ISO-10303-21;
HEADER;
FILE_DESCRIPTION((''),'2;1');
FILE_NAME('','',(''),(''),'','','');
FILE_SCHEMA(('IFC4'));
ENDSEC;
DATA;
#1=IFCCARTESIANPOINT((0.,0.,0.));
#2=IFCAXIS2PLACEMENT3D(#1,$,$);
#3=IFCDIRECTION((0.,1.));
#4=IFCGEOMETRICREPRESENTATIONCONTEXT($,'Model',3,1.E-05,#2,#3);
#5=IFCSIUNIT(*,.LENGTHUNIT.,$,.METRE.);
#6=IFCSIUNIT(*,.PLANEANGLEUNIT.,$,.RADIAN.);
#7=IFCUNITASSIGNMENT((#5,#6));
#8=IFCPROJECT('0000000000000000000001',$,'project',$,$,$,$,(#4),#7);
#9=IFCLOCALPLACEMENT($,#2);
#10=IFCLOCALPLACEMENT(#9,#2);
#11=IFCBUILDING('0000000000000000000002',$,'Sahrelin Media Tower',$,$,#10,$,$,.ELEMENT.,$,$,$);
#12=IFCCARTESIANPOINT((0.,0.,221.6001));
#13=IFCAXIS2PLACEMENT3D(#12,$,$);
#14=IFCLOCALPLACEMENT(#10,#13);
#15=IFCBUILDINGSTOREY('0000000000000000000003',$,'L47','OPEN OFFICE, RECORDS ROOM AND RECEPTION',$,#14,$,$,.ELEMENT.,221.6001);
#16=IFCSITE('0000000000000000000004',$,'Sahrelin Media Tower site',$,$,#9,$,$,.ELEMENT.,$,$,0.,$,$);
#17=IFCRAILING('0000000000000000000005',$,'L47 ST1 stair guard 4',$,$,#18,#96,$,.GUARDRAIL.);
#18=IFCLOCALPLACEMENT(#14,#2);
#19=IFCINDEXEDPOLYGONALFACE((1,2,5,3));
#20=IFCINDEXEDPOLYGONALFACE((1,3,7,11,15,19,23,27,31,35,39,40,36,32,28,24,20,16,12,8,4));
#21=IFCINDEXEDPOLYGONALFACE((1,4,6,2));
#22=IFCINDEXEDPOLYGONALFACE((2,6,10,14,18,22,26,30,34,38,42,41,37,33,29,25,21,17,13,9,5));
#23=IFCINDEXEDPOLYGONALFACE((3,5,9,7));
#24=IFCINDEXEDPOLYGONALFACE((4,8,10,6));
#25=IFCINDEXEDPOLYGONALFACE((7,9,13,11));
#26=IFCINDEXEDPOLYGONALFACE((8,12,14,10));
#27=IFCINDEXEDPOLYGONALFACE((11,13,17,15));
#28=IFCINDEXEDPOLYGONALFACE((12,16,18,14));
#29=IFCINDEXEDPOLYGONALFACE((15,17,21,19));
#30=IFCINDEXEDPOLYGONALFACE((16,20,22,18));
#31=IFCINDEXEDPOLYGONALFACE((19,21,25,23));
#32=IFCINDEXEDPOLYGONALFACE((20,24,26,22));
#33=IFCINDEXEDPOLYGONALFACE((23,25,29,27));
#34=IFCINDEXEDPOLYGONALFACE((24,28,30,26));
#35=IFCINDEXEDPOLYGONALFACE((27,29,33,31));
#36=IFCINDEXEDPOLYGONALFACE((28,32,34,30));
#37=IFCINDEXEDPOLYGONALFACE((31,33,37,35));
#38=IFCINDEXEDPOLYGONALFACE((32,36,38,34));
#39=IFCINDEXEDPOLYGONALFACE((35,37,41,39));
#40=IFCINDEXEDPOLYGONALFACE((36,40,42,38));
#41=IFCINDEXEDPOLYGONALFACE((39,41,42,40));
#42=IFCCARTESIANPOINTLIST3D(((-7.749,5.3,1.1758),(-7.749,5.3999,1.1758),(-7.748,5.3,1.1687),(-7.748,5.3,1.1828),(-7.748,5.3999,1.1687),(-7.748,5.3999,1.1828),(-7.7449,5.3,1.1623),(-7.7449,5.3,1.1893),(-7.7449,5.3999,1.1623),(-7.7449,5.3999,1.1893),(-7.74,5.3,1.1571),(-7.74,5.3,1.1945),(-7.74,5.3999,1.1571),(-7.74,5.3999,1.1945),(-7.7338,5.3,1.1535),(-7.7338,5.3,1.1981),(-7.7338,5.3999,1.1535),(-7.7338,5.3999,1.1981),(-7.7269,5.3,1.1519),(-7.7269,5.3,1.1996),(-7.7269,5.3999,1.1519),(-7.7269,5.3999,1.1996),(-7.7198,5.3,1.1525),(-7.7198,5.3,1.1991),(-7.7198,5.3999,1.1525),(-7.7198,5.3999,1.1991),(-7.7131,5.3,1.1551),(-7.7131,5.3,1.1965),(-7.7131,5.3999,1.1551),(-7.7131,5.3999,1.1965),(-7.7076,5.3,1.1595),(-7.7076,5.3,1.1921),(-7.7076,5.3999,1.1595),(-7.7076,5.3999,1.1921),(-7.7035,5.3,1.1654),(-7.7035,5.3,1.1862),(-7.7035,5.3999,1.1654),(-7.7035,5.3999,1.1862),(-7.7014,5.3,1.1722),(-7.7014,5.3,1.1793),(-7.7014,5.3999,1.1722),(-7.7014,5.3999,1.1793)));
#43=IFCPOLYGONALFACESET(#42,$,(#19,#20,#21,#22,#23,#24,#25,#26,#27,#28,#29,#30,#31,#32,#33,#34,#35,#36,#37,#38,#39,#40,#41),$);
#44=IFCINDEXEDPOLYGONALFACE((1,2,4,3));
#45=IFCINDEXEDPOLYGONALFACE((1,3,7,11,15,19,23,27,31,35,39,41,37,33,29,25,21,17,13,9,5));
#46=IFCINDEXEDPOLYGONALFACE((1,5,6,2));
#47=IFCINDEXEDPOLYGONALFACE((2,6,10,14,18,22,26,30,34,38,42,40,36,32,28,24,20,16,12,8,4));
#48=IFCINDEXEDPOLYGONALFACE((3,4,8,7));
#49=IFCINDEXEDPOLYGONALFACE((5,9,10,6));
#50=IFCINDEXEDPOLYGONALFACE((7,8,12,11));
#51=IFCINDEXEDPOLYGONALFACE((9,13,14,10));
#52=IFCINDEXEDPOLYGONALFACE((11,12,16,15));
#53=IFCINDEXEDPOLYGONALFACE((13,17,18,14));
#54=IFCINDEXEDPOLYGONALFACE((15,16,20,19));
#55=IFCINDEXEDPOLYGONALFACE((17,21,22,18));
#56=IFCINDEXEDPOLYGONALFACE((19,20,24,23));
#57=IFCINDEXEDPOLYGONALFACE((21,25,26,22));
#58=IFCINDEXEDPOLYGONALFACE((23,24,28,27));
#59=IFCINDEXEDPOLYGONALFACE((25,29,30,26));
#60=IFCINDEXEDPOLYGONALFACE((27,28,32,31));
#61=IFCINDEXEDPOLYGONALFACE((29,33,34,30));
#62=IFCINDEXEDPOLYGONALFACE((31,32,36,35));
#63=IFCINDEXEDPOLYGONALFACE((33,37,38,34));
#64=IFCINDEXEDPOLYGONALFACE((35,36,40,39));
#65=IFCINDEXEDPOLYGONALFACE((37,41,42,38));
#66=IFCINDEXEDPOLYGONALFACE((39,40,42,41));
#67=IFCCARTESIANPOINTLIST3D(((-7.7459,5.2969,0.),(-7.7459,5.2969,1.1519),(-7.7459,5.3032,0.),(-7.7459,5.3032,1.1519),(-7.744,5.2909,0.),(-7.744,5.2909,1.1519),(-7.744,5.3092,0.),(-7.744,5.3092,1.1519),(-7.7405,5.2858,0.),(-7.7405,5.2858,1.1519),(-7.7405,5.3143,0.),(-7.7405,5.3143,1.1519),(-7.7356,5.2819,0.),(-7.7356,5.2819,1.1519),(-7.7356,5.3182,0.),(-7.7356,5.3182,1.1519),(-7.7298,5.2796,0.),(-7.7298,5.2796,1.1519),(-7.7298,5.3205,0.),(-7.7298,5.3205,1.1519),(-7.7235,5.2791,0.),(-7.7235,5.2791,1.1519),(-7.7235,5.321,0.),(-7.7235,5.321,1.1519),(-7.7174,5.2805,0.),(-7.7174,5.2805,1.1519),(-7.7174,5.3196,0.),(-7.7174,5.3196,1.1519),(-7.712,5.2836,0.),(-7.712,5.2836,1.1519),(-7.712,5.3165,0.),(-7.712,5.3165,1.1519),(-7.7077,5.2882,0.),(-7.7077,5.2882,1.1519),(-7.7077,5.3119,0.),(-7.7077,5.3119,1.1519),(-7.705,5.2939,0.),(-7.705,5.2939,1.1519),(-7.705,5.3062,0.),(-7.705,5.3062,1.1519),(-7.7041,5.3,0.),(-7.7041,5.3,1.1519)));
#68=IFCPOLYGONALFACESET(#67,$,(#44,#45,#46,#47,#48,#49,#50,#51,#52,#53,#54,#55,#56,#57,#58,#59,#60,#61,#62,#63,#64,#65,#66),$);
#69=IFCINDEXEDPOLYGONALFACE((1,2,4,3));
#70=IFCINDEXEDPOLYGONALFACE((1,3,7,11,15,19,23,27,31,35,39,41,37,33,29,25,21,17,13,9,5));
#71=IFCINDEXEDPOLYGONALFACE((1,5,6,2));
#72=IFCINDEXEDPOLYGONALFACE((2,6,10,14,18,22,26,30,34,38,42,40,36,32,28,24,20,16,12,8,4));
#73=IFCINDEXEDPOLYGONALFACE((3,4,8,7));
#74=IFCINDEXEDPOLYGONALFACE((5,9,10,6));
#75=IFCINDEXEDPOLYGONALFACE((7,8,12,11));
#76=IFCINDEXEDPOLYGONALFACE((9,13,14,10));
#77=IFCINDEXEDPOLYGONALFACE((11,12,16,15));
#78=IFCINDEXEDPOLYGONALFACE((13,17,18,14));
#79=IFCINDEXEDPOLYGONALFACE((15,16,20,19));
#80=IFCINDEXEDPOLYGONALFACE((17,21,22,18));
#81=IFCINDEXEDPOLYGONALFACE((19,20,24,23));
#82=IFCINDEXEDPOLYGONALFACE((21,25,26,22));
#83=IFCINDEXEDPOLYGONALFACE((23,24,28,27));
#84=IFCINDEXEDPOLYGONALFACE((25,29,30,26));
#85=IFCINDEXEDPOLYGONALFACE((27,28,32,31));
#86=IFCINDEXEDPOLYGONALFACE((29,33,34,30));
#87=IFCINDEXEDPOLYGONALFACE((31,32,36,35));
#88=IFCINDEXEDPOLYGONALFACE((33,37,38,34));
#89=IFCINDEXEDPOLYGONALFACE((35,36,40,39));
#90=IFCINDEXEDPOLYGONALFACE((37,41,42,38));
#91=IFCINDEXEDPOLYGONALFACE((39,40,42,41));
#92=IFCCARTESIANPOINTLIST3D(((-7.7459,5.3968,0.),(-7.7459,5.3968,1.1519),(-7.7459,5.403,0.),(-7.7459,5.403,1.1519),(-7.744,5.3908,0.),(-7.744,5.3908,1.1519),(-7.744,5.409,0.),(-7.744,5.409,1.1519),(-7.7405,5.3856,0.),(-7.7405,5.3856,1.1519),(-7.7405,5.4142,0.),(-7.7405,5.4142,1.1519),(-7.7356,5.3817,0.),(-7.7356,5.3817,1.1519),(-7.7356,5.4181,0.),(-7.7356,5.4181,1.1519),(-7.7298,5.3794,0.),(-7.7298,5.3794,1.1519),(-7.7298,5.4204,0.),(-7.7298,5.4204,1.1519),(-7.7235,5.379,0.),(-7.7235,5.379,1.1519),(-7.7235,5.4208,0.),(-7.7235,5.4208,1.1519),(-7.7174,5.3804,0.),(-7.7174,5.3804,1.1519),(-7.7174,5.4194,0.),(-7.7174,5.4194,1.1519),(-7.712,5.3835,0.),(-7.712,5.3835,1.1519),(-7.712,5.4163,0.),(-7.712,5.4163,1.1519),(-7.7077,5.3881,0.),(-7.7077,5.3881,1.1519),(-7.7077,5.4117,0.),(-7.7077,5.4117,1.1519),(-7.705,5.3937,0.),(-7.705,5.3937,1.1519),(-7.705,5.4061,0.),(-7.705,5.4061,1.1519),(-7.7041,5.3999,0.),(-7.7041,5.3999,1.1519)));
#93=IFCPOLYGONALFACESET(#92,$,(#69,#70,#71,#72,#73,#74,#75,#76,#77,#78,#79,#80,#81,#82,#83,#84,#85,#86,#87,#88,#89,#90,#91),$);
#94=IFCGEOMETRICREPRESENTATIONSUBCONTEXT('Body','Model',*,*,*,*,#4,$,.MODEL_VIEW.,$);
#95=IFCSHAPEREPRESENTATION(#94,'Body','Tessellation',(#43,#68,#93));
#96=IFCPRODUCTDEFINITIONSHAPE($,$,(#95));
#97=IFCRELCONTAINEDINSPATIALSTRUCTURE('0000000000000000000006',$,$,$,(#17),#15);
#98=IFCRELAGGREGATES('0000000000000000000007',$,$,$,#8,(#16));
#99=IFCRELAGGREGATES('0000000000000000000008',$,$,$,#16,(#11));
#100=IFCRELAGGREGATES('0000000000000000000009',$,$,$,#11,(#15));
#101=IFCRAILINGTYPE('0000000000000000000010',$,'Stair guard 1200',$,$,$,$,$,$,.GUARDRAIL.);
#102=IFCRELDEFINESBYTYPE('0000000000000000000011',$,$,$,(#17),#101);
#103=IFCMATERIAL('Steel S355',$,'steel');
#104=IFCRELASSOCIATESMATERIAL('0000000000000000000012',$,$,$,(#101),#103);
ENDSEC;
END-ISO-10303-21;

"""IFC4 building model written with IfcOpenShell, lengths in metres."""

from ifc_helpers import new_model, si_unit, direction, frame, origin, origin_2d, place, context, subcontext, project, spatial, circle, extrude, material, type_object, element, save


model = new_model("IFC4")

# Units and contexts
model_context = context("Model", 3, precision=1e-05, world=origin(), true_north=direction((0.0, 1.0)))
body_context = subcontext(model_context, "Body", "Model", "MODEL_VIEW")
ifc_project = project(units=[si_unit("LENGTHUNIT", "METRE"), si_unit("PLANEANGLEUNIT", "RADIAN")], contexts=[model_context])

# Site, building, storey
site_placement = place(None, origin())
site = spatial("IfcSite", under=ifc_project, at=site_placement, Name="Sahrelin Media Tower site", CompositionType="ELEMENT", RefElevation=0.0)
building_placement = place(site_placement, origin())
building = spatial("IfcBuilding", under=site, at=building_placement, Name="Sahrelin Media Tower", CompositionType="ELEMENT")
storey_placement = place(building_placement, frame((0.0, 0.0, 221.6001)))
storey = spatial("IfcBuildingStorey", under=building, at=storey_placement, Name="L47", Description="OPEN OFFICE, RECORDS ROOM AND RECEPTION", CompositionType="ELEMENT", Elevation=221.6001)

# Shared definitions
ifc_material_1 = material(Name="Steel S355", Category="steel")

# Railing
railing_type_1 = type_object("IfcRailingType", Name="Stair guard 1200", PredefinedType="GUARDRAIL", material=ifc_material_1)
railing_1_placement = place(storey_placement, frame((-7.7251, 5.3, 0.0)))
element("IfcRailing", 1, at=railing_1_placement, inside=storey, type_object=railing_type_1, Name="L47 ST1 stair guard 4", PredefinedType="GUARDRAIL", context=body_context, shape_type="SweptSolid", body=[
    extrude(circle(Radius=0.0239, at=origin_2d()), frame((0.0, 0.0, 1.1758), z_axis=(0.0, 1.0, 0.0), x_axis=(-1.0, 0.0, 0.0)), (0.0, 0.0, 1.0), 0.0999),
    extrude(circle(Radius=0.021, at=origin_2d()), origin(), (0.0, 0.0, 1.0), 1.1519),
    extrude(circle(Radius=0.021, at=origin_2d()), frame((0.0, 0.0999, 0.0)), (0.0, 0.0, 1.0), 1.1519),
])

save(model, "model.ifc")
